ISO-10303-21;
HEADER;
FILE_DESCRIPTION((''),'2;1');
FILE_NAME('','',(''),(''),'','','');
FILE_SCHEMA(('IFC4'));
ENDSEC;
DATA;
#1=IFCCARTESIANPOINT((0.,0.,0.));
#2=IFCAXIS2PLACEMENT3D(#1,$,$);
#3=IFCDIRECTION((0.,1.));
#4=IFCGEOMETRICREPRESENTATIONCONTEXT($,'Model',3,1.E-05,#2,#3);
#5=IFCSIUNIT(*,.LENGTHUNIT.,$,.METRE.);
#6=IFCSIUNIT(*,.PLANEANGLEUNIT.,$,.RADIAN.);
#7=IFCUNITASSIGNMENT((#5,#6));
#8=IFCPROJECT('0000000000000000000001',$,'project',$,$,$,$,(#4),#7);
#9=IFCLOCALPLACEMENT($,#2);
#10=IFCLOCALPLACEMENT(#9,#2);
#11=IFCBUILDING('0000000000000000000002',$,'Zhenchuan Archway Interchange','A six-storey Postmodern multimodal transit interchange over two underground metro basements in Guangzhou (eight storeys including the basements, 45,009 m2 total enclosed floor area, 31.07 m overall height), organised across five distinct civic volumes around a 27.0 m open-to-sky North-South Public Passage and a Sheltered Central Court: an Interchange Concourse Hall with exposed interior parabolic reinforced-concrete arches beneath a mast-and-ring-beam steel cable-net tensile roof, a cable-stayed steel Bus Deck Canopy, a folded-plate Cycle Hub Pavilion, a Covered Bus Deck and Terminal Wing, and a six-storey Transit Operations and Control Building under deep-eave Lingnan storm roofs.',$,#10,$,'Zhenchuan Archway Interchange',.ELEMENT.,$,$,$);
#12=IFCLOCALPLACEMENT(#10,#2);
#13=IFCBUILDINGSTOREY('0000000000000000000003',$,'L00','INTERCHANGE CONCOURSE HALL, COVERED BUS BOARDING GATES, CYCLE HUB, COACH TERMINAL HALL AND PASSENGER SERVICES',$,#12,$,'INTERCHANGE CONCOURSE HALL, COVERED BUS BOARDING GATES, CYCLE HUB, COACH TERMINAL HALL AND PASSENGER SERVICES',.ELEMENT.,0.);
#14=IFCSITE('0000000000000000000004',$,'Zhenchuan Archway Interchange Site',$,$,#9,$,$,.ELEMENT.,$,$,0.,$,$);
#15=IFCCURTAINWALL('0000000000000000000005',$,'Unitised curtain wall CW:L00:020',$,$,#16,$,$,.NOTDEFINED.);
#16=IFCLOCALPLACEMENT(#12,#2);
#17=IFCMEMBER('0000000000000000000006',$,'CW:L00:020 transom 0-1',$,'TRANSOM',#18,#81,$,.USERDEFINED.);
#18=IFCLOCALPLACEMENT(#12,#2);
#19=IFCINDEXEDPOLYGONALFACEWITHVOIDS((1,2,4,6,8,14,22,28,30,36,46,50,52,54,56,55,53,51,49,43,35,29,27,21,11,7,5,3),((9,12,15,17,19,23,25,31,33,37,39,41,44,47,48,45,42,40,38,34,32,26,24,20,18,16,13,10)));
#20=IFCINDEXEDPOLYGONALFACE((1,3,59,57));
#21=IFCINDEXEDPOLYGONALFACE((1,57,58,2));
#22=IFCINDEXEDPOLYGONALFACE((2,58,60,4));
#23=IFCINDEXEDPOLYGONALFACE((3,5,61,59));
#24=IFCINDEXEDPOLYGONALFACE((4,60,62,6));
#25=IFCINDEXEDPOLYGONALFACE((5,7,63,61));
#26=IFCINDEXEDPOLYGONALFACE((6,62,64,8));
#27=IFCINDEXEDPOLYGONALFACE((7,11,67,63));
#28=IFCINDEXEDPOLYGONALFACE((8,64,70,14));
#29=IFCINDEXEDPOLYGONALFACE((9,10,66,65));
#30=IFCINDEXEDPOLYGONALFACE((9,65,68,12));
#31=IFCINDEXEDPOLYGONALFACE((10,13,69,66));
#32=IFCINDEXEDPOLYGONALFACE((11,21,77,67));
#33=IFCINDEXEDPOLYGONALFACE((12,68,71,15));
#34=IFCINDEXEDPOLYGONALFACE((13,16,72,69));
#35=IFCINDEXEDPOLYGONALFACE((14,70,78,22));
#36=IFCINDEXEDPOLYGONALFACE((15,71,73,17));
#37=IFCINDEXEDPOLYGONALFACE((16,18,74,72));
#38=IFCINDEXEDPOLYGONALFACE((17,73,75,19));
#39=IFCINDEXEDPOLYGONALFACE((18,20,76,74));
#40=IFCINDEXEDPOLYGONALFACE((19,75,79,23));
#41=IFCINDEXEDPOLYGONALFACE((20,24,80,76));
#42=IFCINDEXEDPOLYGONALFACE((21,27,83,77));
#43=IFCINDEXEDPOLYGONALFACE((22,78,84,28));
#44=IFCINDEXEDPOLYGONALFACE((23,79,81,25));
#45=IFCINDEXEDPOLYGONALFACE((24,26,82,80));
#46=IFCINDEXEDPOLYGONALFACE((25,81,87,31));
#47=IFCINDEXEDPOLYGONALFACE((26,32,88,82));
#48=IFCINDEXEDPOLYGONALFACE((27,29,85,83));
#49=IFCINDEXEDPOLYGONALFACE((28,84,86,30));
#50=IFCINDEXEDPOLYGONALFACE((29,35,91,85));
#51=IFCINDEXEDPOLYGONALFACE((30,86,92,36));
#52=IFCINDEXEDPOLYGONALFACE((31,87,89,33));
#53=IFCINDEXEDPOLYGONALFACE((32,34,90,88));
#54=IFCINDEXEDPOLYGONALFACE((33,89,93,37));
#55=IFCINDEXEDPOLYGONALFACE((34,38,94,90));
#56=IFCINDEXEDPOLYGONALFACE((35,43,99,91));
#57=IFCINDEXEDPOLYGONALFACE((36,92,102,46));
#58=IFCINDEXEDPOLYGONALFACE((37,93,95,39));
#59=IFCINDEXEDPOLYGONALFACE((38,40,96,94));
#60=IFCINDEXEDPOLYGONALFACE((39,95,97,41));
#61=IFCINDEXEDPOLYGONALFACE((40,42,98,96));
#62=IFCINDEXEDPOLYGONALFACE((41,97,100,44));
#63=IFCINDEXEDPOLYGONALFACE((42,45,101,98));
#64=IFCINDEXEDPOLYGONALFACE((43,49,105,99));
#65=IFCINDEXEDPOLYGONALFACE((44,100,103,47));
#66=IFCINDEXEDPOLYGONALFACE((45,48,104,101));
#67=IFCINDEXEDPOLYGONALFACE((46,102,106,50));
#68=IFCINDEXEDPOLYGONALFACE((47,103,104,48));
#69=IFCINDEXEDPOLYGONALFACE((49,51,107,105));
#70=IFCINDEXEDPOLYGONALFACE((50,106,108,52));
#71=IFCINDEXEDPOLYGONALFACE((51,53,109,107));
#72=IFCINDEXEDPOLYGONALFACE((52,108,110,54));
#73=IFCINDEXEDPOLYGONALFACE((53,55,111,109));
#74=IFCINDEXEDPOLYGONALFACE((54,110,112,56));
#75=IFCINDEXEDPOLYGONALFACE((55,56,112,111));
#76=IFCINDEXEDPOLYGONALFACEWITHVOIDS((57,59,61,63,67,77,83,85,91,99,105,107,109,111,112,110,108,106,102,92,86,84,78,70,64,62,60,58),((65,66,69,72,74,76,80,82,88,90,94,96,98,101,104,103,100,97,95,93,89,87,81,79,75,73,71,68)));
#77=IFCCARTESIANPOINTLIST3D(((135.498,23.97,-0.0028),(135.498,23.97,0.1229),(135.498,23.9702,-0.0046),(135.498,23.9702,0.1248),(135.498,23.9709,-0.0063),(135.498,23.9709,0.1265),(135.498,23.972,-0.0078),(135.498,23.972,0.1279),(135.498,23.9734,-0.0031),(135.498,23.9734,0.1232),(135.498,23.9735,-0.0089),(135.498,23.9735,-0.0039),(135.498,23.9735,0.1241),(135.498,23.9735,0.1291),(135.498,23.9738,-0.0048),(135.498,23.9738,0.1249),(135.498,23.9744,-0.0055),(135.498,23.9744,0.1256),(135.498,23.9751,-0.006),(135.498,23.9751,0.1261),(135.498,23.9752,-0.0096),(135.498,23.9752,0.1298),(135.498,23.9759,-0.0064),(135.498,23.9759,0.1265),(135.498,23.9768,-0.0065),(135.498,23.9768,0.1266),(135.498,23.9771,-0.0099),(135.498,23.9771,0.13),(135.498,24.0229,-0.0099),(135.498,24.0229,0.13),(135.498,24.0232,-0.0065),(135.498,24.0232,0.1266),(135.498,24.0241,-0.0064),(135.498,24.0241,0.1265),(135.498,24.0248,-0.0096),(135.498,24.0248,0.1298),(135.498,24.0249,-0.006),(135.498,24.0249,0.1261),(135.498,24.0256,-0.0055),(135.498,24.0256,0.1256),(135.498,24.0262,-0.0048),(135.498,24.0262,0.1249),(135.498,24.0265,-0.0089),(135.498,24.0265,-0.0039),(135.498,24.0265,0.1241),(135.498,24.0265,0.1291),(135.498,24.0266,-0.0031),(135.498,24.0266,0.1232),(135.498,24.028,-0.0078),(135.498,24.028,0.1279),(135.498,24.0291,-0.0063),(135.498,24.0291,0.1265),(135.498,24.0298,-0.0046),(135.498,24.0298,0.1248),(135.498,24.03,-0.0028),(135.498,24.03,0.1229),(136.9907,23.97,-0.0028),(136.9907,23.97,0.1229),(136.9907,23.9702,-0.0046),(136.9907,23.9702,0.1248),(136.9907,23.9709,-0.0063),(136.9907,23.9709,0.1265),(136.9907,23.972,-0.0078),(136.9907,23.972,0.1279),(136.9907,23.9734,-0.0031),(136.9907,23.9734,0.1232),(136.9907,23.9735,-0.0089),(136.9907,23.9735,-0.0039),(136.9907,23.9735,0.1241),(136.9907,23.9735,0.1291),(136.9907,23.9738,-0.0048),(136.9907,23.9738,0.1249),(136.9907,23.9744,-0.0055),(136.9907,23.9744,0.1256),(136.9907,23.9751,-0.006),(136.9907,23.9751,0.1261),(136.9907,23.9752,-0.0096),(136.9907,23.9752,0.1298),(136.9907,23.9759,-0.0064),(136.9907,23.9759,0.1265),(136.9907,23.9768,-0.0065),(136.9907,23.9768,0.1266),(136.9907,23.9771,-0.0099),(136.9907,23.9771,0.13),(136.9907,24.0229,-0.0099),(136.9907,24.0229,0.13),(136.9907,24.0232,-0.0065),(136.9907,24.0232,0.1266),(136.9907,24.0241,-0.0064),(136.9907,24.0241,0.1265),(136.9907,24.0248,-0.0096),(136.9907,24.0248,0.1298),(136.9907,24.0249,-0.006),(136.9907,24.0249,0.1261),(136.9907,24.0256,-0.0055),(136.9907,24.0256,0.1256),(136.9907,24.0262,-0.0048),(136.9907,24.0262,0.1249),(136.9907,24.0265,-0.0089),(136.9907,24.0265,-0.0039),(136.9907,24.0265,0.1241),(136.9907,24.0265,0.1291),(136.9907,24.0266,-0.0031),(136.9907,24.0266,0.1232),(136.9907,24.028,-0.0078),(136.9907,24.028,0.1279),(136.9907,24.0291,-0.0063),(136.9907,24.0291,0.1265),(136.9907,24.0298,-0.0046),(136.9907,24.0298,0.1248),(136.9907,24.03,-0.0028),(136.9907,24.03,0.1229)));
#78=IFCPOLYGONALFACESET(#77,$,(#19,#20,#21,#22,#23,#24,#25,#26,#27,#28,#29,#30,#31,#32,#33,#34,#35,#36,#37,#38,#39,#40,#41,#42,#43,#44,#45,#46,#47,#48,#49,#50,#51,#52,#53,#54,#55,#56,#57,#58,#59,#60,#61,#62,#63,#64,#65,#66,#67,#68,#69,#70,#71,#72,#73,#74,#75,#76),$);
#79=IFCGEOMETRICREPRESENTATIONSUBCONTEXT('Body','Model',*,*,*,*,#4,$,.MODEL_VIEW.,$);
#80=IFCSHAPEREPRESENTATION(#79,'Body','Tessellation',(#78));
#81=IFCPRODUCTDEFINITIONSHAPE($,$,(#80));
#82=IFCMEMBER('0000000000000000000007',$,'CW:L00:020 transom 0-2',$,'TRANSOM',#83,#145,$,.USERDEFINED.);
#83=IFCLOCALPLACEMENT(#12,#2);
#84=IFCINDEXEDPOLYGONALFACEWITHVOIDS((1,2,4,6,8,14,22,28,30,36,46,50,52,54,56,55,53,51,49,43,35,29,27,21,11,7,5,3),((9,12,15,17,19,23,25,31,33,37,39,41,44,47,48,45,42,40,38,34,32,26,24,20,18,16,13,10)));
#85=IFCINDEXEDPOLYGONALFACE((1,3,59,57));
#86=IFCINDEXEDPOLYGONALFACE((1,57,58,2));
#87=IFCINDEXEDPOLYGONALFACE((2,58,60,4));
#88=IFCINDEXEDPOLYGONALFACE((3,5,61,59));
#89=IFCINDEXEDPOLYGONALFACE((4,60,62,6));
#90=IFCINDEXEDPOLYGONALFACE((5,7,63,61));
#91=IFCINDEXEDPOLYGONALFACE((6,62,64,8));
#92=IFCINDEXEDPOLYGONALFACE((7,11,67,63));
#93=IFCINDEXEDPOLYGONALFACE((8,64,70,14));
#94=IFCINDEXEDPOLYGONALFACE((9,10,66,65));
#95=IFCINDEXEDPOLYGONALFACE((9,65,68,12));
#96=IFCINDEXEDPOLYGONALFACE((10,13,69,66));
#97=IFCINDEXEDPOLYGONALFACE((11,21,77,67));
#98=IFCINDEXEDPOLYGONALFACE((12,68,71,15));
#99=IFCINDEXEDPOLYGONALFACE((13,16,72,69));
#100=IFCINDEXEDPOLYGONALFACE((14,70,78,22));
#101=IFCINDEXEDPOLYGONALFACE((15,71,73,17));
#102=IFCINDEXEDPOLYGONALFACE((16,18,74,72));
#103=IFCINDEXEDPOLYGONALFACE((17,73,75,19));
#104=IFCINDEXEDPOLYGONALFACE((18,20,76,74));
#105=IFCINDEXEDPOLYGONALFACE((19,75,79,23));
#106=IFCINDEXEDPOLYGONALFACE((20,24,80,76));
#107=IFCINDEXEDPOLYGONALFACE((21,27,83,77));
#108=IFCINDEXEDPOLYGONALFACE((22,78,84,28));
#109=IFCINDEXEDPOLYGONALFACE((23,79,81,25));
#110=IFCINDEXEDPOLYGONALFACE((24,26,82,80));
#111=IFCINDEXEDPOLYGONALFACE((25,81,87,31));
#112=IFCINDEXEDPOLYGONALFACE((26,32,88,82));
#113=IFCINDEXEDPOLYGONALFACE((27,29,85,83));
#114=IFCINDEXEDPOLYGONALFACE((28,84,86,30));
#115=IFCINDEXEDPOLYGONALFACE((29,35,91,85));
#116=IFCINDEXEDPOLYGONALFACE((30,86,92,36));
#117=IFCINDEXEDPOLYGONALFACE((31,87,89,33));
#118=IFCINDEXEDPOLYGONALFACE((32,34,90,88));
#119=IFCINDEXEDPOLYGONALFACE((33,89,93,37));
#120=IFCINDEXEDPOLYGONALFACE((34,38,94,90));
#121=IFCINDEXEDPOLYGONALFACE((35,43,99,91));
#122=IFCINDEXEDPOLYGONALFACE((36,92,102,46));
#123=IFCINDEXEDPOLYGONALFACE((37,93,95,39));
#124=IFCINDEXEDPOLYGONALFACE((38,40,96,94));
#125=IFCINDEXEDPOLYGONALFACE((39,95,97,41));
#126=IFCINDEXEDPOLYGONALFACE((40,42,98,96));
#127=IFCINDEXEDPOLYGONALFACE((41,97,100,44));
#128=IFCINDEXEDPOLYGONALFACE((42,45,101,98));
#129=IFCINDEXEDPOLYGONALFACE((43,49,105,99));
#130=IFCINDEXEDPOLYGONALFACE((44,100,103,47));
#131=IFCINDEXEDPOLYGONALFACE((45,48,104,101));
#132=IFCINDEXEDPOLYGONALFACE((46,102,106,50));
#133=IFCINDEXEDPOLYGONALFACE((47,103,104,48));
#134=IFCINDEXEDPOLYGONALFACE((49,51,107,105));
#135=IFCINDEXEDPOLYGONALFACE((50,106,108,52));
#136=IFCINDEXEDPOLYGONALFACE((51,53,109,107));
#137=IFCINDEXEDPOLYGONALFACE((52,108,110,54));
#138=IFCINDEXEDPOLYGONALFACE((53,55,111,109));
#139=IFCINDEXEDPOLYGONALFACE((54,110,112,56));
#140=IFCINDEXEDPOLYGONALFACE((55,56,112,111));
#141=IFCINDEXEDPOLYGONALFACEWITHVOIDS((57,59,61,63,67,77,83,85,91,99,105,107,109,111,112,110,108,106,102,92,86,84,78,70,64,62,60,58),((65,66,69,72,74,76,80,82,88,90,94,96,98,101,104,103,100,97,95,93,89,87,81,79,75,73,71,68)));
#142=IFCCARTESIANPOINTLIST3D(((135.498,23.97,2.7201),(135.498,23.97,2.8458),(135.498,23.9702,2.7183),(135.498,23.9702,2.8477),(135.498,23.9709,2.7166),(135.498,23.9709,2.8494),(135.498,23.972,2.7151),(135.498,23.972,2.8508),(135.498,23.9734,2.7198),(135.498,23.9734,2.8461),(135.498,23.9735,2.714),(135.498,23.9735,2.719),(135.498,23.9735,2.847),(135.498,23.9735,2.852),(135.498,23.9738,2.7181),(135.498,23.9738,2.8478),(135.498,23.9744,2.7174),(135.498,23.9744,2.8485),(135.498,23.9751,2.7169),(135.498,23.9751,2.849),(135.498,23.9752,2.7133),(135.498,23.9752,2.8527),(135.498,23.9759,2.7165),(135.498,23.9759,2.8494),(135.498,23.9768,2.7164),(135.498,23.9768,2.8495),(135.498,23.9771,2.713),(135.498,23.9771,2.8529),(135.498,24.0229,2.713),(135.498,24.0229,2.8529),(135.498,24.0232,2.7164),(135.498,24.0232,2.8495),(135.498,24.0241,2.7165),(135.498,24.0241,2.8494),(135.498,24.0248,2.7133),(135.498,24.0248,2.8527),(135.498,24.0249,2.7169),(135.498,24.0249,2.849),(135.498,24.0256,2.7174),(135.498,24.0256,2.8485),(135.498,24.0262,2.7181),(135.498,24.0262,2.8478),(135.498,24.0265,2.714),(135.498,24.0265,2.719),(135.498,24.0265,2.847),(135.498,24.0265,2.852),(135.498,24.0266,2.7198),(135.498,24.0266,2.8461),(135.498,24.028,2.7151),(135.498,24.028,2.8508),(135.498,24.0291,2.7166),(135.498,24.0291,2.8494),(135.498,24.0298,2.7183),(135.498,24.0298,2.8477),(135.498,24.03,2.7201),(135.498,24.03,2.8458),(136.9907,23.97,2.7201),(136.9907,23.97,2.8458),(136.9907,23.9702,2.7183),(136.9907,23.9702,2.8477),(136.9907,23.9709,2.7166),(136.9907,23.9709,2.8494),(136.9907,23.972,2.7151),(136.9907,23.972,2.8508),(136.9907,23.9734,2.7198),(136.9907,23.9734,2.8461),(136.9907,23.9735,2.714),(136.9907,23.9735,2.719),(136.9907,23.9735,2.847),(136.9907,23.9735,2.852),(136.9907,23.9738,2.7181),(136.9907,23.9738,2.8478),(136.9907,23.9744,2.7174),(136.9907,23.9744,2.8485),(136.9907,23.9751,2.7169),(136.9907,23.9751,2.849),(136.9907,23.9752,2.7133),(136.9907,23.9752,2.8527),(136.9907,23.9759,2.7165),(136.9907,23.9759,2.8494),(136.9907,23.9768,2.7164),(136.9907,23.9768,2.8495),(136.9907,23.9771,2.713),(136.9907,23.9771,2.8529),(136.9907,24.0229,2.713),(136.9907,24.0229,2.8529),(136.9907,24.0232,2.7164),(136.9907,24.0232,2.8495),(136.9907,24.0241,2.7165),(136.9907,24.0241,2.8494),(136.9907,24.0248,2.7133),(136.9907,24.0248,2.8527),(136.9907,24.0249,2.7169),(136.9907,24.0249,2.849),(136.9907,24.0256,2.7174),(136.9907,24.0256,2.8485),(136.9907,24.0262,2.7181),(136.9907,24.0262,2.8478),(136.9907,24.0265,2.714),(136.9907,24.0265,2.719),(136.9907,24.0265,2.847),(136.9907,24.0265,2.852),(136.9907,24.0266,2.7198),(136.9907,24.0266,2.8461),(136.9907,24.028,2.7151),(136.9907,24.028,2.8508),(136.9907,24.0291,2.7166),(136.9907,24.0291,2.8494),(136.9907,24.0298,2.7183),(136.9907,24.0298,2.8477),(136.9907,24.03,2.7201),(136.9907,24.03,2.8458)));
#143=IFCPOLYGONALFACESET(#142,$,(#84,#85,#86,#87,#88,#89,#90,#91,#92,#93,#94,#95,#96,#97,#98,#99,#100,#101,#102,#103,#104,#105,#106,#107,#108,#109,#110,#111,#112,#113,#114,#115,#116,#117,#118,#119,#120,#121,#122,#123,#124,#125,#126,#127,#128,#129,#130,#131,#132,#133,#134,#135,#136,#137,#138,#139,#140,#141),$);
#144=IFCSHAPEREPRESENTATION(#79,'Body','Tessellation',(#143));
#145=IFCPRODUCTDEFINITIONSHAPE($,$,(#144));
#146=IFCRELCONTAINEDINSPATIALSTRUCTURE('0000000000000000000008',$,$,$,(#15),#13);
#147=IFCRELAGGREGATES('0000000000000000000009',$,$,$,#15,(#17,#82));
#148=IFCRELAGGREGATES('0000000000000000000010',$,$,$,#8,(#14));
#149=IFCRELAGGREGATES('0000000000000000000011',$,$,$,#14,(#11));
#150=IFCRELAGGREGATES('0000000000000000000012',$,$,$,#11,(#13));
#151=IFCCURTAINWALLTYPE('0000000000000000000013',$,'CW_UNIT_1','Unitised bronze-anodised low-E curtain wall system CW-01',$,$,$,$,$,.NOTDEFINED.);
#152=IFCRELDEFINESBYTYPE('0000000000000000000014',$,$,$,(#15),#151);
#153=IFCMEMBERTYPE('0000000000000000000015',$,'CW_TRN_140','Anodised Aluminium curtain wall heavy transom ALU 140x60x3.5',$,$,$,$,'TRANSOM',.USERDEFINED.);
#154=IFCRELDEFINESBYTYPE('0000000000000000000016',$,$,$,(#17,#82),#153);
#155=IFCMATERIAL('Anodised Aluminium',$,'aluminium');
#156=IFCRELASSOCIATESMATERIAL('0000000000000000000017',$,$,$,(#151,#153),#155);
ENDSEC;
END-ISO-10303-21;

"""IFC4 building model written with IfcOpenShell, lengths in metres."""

from ifc_helpers import new_model, si_unit, direction, frame, origin, origin_2d, place, context, subcontext, project, spatial, hollow_rectangle, extrude, material, material_profile, profile_set, type_object, element, aggregate, save


model = new_model("IFC4")

# Units and contexts
model_context = context("Model", 3, precision=1e-05, world=origin(), true_north=direction((0.0, 1.0)))
body_context = subcontext(model_context, "Body", "Model", "MODEL_VIEW")
ifc_project = project(units=[si_unit("LENGTHUNIT", "METRE"), si_unit("PLANEANGLEUNIT", "RADIAN")], contexts=[model_context])

# Site, building, storey
site_placement = place(None, origin())
site = spatial("IfcSite", under=ifc_project, at=site_placement, Name="Zhenchuan Archway Interchange Site", CompositionType="ELEMENT", RefElevation=0.0)
building_placement = place(site_placement, origin())
building = spatial("IfcBuilding", under=site, at=building_placement, Name="Zhenchuan Archway Interchange", Description="A six-storey Postmodern multimodal transit interchange over two underground metro basements in Guangzhou (eight storeys including the basements, 45,009 m2 total enclosed floor area, 31.07 m overall height), organised across five distinct civic volumes around a 27.0 m open-to-sky North-South Public Passage and a Sheltered Central Court: an Interchange Concourse Hall with exposed interior parabolic reinforced-concrete arches beneath a mast-and-ring-beam steel cable-net tensile roof, a cable-stayed steel Bus Deck Canopy, a folded-plate Cycle Hub Pavilion, a Covered Bus Deck and Terminal Wing, and a six-storey Transit Operations and Control Building under deep-eave Lingnan storm roofs.", LongName="Zhenchuan Archway Interchange", CompositionType="ELEMENT")
storey_placement = place(building_placement, origin())
storey = spatial("IfcBuildingStorey", under=building, at=storey_placement, Name="L00", Description="INTERCHANGE CONCOURSE HALL, COVERED BUS BOARDING GATES, CYCLE HUB, COACH TERMINAL HALL AND PASSENGER SERVICES", LongName="INTERCHANGE CONCOURSE HALL, COVERED BUS BOARDING GATES, CYCLE HUB, COACH TERMINAL HALL AND PASSENGER SERVICES", CompositionType="ELEMENT", Elevation=0.0)

# Curtain wall, members
ifc_material_1 = material(Name="Anodised Aluminium", Category="aluminium")
curtain_wall_type = type_object("IfcCurtainWallType", Name="CW_UNIT_1", Description="Unitised bronze-anodised low-E curtain wall system CW-01", PredefinedType="NOTDEFINED", material=ifc_material_1)
curtain_wall_placement = place(storey_placement, origin())
curtain_wall = element("IfcCurtainWall", 1, at=curtain_wall_placement, inside=storey, type_object=curtain_wall_type, Name="Unitised curtain wall CW:L00:020", PredefinedType="NOTDEFINED")
ifc_material_profile_1 = material_profile(ifc_material_1, hollow_rectangle(XDim=0.0601, YDim=0.1399, WallThickness=0.0034, InnerFilletRadius=0.0034, OuterFilletRadius=0.0071, at=origin_2d()), Name="ALU 140x60x3.5")
ifc_profile_set_1 = profile_set([ifc_material_profile_1], Name="Anodised Aluminium")
member_type_1 = type_object("IfcMemberType", Name="CW_TRN_140", Description="Anodised Aluminium curtain wall heavy transom ALU 140x60x3.5", ElementType="TRANSOM", PredefinedType="USERDEFINED", material=ifc_profile_set_1)
member_1_placement = place(storey_placement, frame((135.498, 24.0, 0.0601), z_axis=(1.0, 0.0, 0.0), x_axis=(0.0, 1.0, 0.0)))
member_1 = element("IfcMember", 2, at=member_1_placement, type_object=member_type_1, Name="CW:L00:020 transom 0-1", ObjectType="TRANSOM", PredefinedType="USERDEFINED", context=body_context, shape_type="SweptSolid", body=[
    extrude(hollow_rectangle(XDim=0.0601, YDim=0.1399, WallThickness=0.0034, InnerFilletRadius=0.0034, OuterFilletRadius=0.0071, at=origin_2d()), origin(), (0.0, 0.0, 1.0), 1.4927),
])
member_2_placement = place(storey_placement, frame((135.498, 24.0, 2.783), z_axis=(1.0, 0.0, 0.0), x_axis=(0.0, 1.0, 0.0)))
member_2 = element("IfcMember", 3, at=member_2_placement, type_object=member_type_1, Name="CW:L00:020 transom 0-2", ObjectType="TRANSOM", PredefinedType="USERDEFINED", context=body_context, shape_type="SweptSolid", body=[
    extrude(hollow_rectangle(XDim=0.0601, YDim=0.1399, WallThickness=0.0034, InnerFilletRadius=0.0034, OuterFilletRadius=0.0071, at=origin_2d()), origin(), (0.0, 0.0, 1.0), 1.4927),
])
aggregate(curtain_wall, [member_1, member_2])

save(model, "model.ifc")
